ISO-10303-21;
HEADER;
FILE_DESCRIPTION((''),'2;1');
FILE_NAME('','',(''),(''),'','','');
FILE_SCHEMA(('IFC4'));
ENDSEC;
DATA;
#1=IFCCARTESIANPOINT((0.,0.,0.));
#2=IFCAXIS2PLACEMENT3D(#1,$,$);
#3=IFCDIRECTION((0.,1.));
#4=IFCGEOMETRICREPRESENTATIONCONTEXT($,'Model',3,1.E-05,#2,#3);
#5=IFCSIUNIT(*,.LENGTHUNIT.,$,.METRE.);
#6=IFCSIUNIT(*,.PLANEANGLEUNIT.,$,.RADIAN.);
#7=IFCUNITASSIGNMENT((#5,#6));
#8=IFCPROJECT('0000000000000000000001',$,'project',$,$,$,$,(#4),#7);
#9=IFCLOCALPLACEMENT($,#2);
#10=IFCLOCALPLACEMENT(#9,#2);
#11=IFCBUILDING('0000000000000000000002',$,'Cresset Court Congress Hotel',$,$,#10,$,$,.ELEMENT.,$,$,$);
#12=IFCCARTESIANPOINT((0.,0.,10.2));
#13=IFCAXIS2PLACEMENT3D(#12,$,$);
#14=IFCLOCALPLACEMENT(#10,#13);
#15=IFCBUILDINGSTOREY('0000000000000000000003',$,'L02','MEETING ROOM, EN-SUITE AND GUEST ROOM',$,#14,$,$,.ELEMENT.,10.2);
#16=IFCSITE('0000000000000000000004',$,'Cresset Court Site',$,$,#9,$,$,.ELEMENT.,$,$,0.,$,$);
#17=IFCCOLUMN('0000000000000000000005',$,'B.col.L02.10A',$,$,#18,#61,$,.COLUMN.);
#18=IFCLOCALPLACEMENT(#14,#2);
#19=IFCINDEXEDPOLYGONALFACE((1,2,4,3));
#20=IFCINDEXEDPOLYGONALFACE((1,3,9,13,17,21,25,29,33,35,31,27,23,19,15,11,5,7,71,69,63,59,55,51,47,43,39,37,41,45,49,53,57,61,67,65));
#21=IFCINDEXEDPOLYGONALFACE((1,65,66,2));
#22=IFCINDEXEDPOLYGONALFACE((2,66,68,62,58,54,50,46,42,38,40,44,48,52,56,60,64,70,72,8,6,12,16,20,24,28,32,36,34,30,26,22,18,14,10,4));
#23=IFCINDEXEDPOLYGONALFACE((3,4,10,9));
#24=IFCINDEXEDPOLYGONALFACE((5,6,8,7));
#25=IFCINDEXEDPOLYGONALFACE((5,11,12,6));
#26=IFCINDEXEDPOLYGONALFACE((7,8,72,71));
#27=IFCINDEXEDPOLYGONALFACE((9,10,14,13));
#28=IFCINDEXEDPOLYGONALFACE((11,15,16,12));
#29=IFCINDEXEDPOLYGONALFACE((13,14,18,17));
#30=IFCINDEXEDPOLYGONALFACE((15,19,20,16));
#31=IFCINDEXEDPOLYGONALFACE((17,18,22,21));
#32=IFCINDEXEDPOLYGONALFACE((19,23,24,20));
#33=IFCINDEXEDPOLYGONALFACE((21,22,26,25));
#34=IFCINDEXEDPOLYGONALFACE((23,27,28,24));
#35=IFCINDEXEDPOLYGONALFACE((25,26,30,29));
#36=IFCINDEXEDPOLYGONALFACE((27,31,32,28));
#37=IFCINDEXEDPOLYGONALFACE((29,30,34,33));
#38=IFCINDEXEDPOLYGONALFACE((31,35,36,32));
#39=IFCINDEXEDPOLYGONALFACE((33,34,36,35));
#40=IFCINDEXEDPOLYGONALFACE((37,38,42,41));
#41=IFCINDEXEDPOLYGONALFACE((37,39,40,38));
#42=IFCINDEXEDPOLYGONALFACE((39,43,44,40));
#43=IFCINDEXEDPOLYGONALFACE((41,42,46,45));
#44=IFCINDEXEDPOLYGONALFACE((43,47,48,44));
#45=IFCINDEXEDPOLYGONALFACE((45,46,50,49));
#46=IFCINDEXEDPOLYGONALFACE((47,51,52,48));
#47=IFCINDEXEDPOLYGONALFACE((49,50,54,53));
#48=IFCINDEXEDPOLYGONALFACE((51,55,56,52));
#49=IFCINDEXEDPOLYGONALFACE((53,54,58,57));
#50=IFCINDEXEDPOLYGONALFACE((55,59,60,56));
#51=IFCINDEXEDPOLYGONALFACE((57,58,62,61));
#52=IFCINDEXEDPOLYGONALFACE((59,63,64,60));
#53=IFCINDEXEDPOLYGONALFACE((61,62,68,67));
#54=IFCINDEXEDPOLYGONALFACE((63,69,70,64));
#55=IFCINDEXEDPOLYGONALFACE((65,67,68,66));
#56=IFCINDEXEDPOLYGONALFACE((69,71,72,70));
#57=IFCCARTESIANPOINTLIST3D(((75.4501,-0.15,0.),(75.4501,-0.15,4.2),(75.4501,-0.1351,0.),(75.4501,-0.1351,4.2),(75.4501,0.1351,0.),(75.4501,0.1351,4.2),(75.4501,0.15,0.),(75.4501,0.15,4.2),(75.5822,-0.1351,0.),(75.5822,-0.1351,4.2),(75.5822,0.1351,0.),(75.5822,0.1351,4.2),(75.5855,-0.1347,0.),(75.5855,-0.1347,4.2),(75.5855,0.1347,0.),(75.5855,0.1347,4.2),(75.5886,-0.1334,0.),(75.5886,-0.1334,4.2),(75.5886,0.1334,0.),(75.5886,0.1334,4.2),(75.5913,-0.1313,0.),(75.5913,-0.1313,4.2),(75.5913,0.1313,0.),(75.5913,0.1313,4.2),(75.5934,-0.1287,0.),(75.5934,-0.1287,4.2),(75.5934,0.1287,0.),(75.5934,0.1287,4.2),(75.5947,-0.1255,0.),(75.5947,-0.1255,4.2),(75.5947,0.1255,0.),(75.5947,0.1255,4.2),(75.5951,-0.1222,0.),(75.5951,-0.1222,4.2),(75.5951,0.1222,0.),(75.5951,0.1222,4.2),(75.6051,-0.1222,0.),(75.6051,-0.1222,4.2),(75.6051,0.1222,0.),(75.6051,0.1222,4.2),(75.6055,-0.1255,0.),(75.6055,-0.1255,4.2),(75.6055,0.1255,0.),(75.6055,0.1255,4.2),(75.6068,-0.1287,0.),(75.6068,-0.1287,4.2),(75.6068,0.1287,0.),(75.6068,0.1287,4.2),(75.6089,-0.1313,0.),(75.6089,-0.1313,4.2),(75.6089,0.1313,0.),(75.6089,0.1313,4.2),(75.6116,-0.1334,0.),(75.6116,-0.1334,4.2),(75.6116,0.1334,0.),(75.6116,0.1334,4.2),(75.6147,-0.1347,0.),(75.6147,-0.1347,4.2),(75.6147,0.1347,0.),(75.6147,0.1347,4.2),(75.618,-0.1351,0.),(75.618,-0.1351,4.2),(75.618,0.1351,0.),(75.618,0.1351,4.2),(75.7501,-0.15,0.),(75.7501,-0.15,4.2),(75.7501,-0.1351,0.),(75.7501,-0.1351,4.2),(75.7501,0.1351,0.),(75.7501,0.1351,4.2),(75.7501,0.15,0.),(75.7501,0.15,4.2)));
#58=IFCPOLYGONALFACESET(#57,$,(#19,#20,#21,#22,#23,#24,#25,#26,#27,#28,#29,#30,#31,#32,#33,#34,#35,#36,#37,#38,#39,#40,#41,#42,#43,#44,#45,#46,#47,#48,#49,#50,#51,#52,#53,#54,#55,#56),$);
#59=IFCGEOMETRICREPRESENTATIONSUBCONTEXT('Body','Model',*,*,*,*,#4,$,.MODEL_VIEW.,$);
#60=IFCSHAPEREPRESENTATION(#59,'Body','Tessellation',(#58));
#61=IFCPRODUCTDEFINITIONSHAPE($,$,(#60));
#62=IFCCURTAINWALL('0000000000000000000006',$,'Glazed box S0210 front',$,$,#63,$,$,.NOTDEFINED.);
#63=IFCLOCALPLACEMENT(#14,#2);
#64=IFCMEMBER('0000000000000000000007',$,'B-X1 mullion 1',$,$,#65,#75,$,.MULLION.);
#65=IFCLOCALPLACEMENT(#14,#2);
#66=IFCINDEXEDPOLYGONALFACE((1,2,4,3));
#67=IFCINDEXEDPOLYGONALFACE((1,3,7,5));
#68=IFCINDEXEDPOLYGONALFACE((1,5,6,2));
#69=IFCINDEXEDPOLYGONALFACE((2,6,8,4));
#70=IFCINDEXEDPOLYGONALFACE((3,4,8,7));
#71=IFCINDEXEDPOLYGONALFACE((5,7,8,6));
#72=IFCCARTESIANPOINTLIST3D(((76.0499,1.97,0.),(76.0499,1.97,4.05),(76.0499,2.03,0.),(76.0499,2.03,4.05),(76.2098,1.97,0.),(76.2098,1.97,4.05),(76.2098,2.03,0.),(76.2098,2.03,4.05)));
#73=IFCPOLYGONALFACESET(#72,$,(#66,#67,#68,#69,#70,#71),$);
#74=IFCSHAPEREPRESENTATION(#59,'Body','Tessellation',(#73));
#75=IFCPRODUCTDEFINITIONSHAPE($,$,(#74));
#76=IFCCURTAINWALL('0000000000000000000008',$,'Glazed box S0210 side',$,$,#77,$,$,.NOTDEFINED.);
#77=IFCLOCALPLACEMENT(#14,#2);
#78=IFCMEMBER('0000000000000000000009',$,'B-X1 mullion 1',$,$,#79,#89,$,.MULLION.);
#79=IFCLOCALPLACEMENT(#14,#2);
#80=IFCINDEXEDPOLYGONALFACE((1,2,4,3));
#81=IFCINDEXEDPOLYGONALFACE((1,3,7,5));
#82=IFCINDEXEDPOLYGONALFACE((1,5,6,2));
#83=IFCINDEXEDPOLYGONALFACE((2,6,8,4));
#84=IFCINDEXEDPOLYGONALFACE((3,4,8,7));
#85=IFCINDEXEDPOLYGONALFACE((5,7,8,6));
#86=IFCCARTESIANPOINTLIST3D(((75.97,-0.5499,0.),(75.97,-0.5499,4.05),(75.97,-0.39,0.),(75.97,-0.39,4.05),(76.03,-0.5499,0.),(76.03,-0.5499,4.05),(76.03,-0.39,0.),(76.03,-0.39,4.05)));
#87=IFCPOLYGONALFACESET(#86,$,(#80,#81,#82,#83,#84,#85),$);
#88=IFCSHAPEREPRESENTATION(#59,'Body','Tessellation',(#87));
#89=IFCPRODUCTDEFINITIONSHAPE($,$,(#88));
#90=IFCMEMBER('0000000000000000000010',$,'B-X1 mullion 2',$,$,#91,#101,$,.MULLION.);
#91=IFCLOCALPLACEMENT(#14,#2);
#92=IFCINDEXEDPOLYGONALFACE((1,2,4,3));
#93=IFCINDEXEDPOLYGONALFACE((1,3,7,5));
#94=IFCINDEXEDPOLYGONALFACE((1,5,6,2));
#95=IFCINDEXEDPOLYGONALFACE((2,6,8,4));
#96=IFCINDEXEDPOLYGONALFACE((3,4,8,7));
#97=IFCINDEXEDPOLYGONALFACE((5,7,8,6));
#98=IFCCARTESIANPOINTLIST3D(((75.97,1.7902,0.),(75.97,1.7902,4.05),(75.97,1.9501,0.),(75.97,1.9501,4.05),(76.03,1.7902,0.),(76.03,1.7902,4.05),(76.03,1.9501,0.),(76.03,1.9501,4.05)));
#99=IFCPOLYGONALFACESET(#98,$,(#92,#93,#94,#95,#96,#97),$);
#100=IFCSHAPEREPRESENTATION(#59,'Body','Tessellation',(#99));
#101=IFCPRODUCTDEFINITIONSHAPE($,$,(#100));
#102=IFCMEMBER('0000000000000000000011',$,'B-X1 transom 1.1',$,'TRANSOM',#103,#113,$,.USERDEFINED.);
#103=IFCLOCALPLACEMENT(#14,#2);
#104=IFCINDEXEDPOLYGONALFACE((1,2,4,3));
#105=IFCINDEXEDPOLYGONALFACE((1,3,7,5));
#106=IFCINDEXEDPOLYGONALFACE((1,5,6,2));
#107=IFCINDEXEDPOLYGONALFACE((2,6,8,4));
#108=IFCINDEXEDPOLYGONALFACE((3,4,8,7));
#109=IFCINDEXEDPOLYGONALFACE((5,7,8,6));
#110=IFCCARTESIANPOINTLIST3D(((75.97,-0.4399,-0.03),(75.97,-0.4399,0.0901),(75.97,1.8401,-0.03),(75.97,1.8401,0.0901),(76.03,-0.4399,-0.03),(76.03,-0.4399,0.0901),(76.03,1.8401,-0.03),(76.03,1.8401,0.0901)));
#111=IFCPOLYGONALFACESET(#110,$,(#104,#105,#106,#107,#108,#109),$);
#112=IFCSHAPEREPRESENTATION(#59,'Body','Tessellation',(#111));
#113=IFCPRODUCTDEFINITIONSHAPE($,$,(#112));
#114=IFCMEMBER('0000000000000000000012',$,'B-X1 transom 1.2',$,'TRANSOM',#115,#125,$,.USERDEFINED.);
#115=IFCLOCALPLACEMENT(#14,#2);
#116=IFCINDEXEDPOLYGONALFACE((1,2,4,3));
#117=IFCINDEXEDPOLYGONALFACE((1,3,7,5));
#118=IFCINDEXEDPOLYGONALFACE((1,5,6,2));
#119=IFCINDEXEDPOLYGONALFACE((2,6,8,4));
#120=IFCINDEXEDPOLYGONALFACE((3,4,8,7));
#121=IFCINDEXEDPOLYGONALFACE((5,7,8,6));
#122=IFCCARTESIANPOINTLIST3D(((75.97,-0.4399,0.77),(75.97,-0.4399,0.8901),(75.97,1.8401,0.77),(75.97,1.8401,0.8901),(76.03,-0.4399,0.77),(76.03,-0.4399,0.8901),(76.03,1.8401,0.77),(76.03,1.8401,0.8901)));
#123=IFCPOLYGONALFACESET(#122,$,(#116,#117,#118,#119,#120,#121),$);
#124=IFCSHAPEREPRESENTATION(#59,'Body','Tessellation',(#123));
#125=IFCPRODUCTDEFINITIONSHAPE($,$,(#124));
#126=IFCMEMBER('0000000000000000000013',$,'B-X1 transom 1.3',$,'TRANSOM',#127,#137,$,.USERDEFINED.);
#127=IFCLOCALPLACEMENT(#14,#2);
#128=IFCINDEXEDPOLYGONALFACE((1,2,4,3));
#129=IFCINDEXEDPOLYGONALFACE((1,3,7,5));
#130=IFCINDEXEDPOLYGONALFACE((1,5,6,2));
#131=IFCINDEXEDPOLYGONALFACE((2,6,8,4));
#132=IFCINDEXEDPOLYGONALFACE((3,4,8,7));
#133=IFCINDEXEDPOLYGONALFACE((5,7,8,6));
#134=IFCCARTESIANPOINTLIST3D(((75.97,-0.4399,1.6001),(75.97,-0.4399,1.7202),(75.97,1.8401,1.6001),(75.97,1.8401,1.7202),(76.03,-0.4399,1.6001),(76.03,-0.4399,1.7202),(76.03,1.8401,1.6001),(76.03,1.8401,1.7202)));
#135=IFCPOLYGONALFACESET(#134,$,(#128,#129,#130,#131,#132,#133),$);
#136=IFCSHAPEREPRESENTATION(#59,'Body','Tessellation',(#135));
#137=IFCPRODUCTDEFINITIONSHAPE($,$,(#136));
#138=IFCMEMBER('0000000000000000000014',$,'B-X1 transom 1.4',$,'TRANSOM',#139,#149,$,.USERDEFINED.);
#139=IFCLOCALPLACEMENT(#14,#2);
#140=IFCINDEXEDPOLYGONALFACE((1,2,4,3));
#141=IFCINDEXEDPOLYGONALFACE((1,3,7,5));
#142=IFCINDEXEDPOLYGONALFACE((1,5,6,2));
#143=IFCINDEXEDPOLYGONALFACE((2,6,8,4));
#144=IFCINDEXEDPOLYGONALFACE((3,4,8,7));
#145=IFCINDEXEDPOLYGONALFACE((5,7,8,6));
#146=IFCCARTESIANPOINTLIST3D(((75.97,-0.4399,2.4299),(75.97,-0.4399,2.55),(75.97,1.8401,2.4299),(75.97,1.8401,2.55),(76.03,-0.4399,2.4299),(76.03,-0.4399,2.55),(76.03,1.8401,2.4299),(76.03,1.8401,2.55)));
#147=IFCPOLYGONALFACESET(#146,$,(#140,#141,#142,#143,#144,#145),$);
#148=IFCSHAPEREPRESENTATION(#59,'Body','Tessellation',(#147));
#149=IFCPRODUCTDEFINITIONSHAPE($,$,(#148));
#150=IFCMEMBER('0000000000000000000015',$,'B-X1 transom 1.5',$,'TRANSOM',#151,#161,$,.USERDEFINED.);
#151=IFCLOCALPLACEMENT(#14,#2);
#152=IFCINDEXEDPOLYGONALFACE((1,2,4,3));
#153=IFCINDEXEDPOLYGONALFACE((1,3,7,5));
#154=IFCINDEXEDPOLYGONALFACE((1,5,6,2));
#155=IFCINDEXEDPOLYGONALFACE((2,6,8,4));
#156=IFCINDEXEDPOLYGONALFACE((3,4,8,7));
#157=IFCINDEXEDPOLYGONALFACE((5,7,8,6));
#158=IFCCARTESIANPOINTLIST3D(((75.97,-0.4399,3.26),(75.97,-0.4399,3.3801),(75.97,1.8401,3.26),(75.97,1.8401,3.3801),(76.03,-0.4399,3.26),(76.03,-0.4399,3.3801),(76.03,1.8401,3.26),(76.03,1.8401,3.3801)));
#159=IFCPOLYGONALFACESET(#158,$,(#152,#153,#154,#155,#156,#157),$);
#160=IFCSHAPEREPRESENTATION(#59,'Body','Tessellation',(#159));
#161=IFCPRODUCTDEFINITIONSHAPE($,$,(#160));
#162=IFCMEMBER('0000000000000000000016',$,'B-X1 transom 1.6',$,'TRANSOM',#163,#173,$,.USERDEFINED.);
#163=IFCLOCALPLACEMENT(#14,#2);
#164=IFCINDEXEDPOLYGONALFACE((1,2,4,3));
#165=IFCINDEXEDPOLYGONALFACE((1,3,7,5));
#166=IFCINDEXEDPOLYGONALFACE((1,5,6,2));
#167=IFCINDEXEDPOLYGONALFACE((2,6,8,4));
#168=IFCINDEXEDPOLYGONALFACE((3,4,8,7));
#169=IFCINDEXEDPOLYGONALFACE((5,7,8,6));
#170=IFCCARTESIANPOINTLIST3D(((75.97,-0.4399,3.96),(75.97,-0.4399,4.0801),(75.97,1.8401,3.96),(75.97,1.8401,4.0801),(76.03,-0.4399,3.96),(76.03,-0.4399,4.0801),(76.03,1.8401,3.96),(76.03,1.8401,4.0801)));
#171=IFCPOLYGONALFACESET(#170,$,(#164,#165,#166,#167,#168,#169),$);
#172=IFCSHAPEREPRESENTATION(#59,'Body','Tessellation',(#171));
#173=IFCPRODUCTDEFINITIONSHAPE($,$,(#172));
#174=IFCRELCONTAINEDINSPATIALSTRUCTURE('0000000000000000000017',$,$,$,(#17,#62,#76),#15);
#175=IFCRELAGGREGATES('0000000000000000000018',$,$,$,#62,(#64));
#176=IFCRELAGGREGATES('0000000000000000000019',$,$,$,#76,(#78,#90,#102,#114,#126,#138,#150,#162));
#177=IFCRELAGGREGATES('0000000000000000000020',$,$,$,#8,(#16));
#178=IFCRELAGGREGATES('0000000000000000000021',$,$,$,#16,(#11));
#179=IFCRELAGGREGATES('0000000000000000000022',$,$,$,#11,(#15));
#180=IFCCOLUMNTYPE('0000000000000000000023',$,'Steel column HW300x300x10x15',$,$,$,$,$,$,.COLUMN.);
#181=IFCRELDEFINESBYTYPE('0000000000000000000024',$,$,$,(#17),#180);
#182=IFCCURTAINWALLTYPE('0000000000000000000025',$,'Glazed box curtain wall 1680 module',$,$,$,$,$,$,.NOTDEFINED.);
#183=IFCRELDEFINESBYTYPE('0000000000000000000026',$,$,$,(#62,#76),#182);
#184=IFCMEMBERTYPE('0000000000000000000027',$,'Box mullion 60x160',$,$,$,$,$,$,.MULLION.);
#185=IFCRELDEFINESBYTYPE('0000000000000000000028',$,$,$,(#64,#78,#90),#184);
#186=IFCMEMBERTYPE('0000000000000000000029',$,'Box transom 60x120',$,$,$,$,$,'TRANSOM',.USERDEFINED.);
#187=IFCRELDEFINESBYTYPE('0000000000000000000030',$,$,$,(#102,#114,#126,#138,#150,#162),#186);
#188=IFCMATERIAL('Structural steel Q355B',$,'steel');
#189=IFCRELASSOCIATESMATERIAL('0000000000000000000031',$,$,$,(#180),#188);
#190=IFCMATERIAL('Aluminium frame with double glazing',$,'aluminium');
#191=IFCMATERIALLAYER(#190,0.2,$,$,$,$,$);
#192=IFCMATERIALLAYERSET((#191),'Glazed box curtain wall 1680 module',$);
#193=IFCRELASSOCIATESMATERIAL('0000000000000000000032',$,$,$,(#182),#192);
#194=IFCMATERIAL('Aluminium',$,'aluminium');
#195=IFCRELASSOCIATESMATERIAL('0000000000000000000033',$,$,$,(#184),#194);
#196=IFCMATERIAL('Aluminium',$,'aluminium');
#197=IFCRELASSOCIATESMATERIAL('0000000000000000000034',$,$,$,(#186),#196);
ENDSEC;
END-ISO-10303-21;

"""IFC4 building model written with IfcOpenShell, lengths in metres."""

from ifc_helpers import new_model, si_unit, direction, frame, origin, origin_2d, place, context, subcontext, project, spatial, rectangle, i_section, extrude, material, layer, layer_set, material_profile, profile_set, type_object, element, aggregate, save


model = new_model("IFC4")

# Units and contexts
model_context = context("Model", 3, precision=1e-05, world=origin(), true_north=direction((0.0, 1.0)))
body_context = subcontext(model_context, "Body", "Model", "MODEL_VIEW")
ifc_project = project(units=[si_unit("LENGTHUNIT", "METRE"), si_unit("PLANEANGLEUNIT", "RADIAN")], contexts=[model_context])

# Site, building, storey
site_placement = place(None, origin())
site = spatial("IfcSite", under=ifc_project, at=site_placement, Name="Cresset Court Site", CompositionType="ELEMENT", RefElevation=0.0)
building_placement = place(site_placement, origin())
building = spatial("IfcBuilding", under=site, at=building_placement, Name="Cresset Court Congress Hotel", CompositionType="ELEMENT")
storey_placement = place(building_placement, frame((0.0, 0.0, 10.2)))
storey = spatial("IfcBuildingStorey", under=building, at=storey_placement, Name="L02", Description="MEETING ROOM, EN-SUITE AND GUEST ROOM", CompositionType="ELEMENT", Elevation=10.2)

# Column
ifc_material_1 = material(Name="Structural steel Q355B", Category="steel")
ifc_material_profile_1 = material_profile(ifc_material_1, i_section(OverallWidth=0.3, OverallDepth=0.3, WebThickness=0.01, FlangeThickness=0.0149, FilletRadius=0.0129, at=origin_2d()), Name="HW300x300x10x15")
ifc_profile_set_1 = profile_set([ifc_material_profile_1], Name="Structural steel Q355B")
column_type = type_object("IfcColumnType", Name="Steel column HW300x300x10x15", PredefinedType="COLUMN", material=ifc_profile_set_1)
column_placement = place(storey_placement, frame((75.6001, 0.0, 0.0), z_axis=(0.0, 0.0, 1.0), x_axis=(1.0, 0.0, 0.0)))
element("IfcColumn", 1, at=column_placement, inside=storey, type_object=column_type, Name="B.col.L02.10A", PredefinedType="COLUMN", context=body_context, shape_type="SweptSolid", body=[
    extrude(i_section(OverallWidth=0.3, OverallDepth=0.3, WebThickness=0.01, FlangeThickness=0.0149, FilletRadius=0.0129, at=origin_2d()), origin(), (0.0, 0.0, 1.0), 4.2),
])

# Curtain wall, member
ifc_material_2 = material(Name="Aluminium frame with double glazing", Category="aluminium")
ifc_layer_1 = layer(ifc_material_2, 0.2)
ifc_layer_set_1 = layer_set([ifc_layer_1], Name="Glazed box curtain wall 1680 module")
curtain_wall_type = type_object("IfcCurtainWallType", Name="Glazed box curtain wall 1680 module", PredefinedType="NOTDEFINED", material=ifc_layer_set_1)
curtain_wall_1_placement = place(storey_placement, origin())
curtain_wall_1 = element("IfcCurtainWall", 2, at=curtain_wall_1_placement, inside=storey, type_object=curtain_wall_type, Name="Glazed box S0210 front", PredefinedType="NOTDEFINED")
ifc_material_3 = material(Name="Aluminium", Category="aluminium")
ifc_material_profile_2 = material_profile(ifc_material_3, rectangle(XDim=0.0601, YDim=0.1599, at=origin_2d()), Name="Box mullion 60x160")
ifc_profile_set_2 = profile_set([ifc_material_profile_2], Name="Aluminium")
member_type_1 = type_object("IfcMemberType", Name="Box mullion 60x160", PredefinedType="MULLION", material=ifc_profile_set_2)
member_1_placement = place(storey_placement, frame((76.1299, 2.0, 0.0), z_axis=(0.0, 0.0, 1.0), x_axis=(0.0, 1.0, 0.0)))
member_1 = element("IfcMember", 3, at=member_1_placement, type_object=member_type_1, Name="B-X1 mullion 1", PredefinedType="MULLION", context=body_context, shape_type="SweptSolid", body=[
    extrude(rectangle(XDim=0.0601, YDim=0.1599, at=origin_2d()), origin(), (0.0, 0.0, 1.0), 4.05),
])
aggregate(curtain_wall_1, [member_1])

# Curtain wall, members
curtain_wall_2_placement = place(storey_placement, origin())
curtain_wall_2 = element("IfcCurtainWall", 4, at=curtain_wall_2_placement, inside=storey, type_object=curtain_wall_type, Name="Glazed box S0210 side", PredefinedType="NOTDEFINED")
member_2_placement = place(storey_placement, frame((76.0, -0.47, 0.0), z_axis=(0.0, 0.0, 1.0), x_axis=(-1.0, 0.0, 0.0)))
member_2 = element("IfcMember", 5, at=member_2_placement, type_object=member_type_1, Name="B-X1 mullion 1", PredefinedType="MULLION", context=body_context, shape_type="SweptSolid", body=[
    extrude(rectangle(XDim=0.0601, YDim=0.1599, at=origin_2d()), origin(), (0.0, 0.0, 1.0), 4.05),
])
member_3_placement = place(storey_placement, frame((76.0, 1.8701, 0.0), z_axis=(0.0, 0.0, 1.0), x_axis=(-1.0, 0.0, 0.0)))
member_3 = element("IfcMember", 6, at=member_3_placement, type_object=member_type_1, Name="B-X1 mullion 2", PredefinedType="MULLION", context=body_context, shape_type="SweptSolid", body=[
    extrude(rectangle(XDim=0.0601, YDim=0.1599, at=origin_2d()), origin(), (0.0, 0.0, 1.0), 4.05),
])
ifc_material_4 = material(Name="Aluminium", Category="aluminium")
ifc_material_profile_3 = material_profile(ifc_material_4, rectangle(XDim=0.0601, YDim=0.1201, at=origin_2d()), Name="Box transom 60x120")
ifc_profile_set_3 = profile_set([ifc_material_profile_3], Name="Aluminium")
member_type_2 = type_object("IfcMemberType", Name="Box transom 60x120", ElementType="TRANSOM", PredefinedType="USERDEFINED", material=ifc_profile_set_3)
member_4_placement = place(storey_placement, frame((76.0, -0.4399, 0.03), z_axis=(0.0, 1.0, 0.0), x_axis=(-1.0, 0.0, 0.0)))
member_4 = element("IfcMember", 7, at=member_4_placement, type_object=member_type_2, Name="B-X1 transom 1.1", ObjectType="TRANSOM", PredefinedType="USERDEFINED", context=body_context, shape_type="SweptSolid", body=[
    extrude(rectangle(XDim=0.0601, YDim=0.1201, at=origin_2d()), origin(), (0.0, 0.0, 1.0), 2.28),
])
member_5_placement = place(storey_placement, frame((76.0, -0.4399, 0.8301), z_axis=(0.0, 1.0, 0.0), x_axis=(-1.0, 0.0, 0.0)))
member_5 = element("IfcMember", 8, at=member_5_placement, type_object=member_type_2, Name="B-X1 transom 1.2", ObjectType="TRANSOM", PredefinedType="USERDEFINED", context=body_context, shape_type="SweptSolid", body=[
    extrude(rectangle(XDim=0.0601, YDim=0.1201, at=origin_2d()), origin(), (0.0, 0.0, 1.0), 2.28),
])
member_6_placement = place(storey_placement, frame((76.0, -0.4399, 1.6602), z_axis=(0.0, 1.0, 0.0), x_axis=(-1.0, 0.0, 0.0)))
member_6 = element("IfcMember", 9, at=member_6_placement, type_object=member_type_2, Name="B-X1 transom 1.3", ObjectType="TRANSOM", PredefinedType="USERDEFINED", context=body_context, shape_type="SweptSolid", body=[
    extrude(rectangle(XDim=0.0601, YDim=0.1201, at=origin_2d()), origin(), (0.0, 0.0, 1.0), 2.28),
])
member_7_placement = place(storey_placement, frame((76.0, -0.4399, 2.49), z_axis=(0.0, 1.0, 0.0), x_axis=(-1.0, 0.0, 0.0)))
member_7 = element("IfcMember", 10, at=member_7_placement, type_object=member_type_2, Name="B-X1 transom 1.4", ObjectType="TRANSOM", PredefinedType="USERDEFINED", context=body_context, shape_type="SweptSolid", body=[
    extrude(rectangle(XDim=0.0601, YDim=0.1201, at=origin_2d()), origin(), (0.0, 0.0, 1.0), 2.28),
])
member_8_placement = place(storey_placement, frame((76.0, -0.4399, 3.3201), z_axis=(0.0, 1.0, 0.0), x_axis=(-1.0, 0.0, 0.0)))
member_8 = element("IfcMember", 11, at=member_8_placement, type_object=member_type_2, Name="B-X1 transom 1.5", ObjectType="TRANSOM", PredefinedType="USERDEFINED", context=body_context, shape_type="SweptSolid", body=[
    extrude(rectangle(XDim=0.0601, YDim=0.1201, at=origin_2d()), origin(), (0.0, 0.0, 1.0), 2.28),
])
member_9_placement = place(storey_placement, frame((76.0, -0.4399, 4.02), z_axis=(0.0, 1.0, 0.0), x_axis=(-1.0, 0.0, 0.0)))
member_9 = element("IfcMember", 12, at=member_9_placement, type_object=member_type_2, Name="B-X1 transom 1.6", ObjectType="TRANSOM", PredefinedType="USERDEFINED", context=body_context, shape_type="SweptSolid", body=[
    extrude(rectangle(XDim=0.0601, YDim=0.1201, at=origin_2d()), origin(), (0.0, 0.0, 1.0), 2.28),
])

aggregate(curtain_wall_2, [member_2, member_3, member_4, member_5, member_6, member_7, member_8, member_9])

save(model, "model.ifc")
